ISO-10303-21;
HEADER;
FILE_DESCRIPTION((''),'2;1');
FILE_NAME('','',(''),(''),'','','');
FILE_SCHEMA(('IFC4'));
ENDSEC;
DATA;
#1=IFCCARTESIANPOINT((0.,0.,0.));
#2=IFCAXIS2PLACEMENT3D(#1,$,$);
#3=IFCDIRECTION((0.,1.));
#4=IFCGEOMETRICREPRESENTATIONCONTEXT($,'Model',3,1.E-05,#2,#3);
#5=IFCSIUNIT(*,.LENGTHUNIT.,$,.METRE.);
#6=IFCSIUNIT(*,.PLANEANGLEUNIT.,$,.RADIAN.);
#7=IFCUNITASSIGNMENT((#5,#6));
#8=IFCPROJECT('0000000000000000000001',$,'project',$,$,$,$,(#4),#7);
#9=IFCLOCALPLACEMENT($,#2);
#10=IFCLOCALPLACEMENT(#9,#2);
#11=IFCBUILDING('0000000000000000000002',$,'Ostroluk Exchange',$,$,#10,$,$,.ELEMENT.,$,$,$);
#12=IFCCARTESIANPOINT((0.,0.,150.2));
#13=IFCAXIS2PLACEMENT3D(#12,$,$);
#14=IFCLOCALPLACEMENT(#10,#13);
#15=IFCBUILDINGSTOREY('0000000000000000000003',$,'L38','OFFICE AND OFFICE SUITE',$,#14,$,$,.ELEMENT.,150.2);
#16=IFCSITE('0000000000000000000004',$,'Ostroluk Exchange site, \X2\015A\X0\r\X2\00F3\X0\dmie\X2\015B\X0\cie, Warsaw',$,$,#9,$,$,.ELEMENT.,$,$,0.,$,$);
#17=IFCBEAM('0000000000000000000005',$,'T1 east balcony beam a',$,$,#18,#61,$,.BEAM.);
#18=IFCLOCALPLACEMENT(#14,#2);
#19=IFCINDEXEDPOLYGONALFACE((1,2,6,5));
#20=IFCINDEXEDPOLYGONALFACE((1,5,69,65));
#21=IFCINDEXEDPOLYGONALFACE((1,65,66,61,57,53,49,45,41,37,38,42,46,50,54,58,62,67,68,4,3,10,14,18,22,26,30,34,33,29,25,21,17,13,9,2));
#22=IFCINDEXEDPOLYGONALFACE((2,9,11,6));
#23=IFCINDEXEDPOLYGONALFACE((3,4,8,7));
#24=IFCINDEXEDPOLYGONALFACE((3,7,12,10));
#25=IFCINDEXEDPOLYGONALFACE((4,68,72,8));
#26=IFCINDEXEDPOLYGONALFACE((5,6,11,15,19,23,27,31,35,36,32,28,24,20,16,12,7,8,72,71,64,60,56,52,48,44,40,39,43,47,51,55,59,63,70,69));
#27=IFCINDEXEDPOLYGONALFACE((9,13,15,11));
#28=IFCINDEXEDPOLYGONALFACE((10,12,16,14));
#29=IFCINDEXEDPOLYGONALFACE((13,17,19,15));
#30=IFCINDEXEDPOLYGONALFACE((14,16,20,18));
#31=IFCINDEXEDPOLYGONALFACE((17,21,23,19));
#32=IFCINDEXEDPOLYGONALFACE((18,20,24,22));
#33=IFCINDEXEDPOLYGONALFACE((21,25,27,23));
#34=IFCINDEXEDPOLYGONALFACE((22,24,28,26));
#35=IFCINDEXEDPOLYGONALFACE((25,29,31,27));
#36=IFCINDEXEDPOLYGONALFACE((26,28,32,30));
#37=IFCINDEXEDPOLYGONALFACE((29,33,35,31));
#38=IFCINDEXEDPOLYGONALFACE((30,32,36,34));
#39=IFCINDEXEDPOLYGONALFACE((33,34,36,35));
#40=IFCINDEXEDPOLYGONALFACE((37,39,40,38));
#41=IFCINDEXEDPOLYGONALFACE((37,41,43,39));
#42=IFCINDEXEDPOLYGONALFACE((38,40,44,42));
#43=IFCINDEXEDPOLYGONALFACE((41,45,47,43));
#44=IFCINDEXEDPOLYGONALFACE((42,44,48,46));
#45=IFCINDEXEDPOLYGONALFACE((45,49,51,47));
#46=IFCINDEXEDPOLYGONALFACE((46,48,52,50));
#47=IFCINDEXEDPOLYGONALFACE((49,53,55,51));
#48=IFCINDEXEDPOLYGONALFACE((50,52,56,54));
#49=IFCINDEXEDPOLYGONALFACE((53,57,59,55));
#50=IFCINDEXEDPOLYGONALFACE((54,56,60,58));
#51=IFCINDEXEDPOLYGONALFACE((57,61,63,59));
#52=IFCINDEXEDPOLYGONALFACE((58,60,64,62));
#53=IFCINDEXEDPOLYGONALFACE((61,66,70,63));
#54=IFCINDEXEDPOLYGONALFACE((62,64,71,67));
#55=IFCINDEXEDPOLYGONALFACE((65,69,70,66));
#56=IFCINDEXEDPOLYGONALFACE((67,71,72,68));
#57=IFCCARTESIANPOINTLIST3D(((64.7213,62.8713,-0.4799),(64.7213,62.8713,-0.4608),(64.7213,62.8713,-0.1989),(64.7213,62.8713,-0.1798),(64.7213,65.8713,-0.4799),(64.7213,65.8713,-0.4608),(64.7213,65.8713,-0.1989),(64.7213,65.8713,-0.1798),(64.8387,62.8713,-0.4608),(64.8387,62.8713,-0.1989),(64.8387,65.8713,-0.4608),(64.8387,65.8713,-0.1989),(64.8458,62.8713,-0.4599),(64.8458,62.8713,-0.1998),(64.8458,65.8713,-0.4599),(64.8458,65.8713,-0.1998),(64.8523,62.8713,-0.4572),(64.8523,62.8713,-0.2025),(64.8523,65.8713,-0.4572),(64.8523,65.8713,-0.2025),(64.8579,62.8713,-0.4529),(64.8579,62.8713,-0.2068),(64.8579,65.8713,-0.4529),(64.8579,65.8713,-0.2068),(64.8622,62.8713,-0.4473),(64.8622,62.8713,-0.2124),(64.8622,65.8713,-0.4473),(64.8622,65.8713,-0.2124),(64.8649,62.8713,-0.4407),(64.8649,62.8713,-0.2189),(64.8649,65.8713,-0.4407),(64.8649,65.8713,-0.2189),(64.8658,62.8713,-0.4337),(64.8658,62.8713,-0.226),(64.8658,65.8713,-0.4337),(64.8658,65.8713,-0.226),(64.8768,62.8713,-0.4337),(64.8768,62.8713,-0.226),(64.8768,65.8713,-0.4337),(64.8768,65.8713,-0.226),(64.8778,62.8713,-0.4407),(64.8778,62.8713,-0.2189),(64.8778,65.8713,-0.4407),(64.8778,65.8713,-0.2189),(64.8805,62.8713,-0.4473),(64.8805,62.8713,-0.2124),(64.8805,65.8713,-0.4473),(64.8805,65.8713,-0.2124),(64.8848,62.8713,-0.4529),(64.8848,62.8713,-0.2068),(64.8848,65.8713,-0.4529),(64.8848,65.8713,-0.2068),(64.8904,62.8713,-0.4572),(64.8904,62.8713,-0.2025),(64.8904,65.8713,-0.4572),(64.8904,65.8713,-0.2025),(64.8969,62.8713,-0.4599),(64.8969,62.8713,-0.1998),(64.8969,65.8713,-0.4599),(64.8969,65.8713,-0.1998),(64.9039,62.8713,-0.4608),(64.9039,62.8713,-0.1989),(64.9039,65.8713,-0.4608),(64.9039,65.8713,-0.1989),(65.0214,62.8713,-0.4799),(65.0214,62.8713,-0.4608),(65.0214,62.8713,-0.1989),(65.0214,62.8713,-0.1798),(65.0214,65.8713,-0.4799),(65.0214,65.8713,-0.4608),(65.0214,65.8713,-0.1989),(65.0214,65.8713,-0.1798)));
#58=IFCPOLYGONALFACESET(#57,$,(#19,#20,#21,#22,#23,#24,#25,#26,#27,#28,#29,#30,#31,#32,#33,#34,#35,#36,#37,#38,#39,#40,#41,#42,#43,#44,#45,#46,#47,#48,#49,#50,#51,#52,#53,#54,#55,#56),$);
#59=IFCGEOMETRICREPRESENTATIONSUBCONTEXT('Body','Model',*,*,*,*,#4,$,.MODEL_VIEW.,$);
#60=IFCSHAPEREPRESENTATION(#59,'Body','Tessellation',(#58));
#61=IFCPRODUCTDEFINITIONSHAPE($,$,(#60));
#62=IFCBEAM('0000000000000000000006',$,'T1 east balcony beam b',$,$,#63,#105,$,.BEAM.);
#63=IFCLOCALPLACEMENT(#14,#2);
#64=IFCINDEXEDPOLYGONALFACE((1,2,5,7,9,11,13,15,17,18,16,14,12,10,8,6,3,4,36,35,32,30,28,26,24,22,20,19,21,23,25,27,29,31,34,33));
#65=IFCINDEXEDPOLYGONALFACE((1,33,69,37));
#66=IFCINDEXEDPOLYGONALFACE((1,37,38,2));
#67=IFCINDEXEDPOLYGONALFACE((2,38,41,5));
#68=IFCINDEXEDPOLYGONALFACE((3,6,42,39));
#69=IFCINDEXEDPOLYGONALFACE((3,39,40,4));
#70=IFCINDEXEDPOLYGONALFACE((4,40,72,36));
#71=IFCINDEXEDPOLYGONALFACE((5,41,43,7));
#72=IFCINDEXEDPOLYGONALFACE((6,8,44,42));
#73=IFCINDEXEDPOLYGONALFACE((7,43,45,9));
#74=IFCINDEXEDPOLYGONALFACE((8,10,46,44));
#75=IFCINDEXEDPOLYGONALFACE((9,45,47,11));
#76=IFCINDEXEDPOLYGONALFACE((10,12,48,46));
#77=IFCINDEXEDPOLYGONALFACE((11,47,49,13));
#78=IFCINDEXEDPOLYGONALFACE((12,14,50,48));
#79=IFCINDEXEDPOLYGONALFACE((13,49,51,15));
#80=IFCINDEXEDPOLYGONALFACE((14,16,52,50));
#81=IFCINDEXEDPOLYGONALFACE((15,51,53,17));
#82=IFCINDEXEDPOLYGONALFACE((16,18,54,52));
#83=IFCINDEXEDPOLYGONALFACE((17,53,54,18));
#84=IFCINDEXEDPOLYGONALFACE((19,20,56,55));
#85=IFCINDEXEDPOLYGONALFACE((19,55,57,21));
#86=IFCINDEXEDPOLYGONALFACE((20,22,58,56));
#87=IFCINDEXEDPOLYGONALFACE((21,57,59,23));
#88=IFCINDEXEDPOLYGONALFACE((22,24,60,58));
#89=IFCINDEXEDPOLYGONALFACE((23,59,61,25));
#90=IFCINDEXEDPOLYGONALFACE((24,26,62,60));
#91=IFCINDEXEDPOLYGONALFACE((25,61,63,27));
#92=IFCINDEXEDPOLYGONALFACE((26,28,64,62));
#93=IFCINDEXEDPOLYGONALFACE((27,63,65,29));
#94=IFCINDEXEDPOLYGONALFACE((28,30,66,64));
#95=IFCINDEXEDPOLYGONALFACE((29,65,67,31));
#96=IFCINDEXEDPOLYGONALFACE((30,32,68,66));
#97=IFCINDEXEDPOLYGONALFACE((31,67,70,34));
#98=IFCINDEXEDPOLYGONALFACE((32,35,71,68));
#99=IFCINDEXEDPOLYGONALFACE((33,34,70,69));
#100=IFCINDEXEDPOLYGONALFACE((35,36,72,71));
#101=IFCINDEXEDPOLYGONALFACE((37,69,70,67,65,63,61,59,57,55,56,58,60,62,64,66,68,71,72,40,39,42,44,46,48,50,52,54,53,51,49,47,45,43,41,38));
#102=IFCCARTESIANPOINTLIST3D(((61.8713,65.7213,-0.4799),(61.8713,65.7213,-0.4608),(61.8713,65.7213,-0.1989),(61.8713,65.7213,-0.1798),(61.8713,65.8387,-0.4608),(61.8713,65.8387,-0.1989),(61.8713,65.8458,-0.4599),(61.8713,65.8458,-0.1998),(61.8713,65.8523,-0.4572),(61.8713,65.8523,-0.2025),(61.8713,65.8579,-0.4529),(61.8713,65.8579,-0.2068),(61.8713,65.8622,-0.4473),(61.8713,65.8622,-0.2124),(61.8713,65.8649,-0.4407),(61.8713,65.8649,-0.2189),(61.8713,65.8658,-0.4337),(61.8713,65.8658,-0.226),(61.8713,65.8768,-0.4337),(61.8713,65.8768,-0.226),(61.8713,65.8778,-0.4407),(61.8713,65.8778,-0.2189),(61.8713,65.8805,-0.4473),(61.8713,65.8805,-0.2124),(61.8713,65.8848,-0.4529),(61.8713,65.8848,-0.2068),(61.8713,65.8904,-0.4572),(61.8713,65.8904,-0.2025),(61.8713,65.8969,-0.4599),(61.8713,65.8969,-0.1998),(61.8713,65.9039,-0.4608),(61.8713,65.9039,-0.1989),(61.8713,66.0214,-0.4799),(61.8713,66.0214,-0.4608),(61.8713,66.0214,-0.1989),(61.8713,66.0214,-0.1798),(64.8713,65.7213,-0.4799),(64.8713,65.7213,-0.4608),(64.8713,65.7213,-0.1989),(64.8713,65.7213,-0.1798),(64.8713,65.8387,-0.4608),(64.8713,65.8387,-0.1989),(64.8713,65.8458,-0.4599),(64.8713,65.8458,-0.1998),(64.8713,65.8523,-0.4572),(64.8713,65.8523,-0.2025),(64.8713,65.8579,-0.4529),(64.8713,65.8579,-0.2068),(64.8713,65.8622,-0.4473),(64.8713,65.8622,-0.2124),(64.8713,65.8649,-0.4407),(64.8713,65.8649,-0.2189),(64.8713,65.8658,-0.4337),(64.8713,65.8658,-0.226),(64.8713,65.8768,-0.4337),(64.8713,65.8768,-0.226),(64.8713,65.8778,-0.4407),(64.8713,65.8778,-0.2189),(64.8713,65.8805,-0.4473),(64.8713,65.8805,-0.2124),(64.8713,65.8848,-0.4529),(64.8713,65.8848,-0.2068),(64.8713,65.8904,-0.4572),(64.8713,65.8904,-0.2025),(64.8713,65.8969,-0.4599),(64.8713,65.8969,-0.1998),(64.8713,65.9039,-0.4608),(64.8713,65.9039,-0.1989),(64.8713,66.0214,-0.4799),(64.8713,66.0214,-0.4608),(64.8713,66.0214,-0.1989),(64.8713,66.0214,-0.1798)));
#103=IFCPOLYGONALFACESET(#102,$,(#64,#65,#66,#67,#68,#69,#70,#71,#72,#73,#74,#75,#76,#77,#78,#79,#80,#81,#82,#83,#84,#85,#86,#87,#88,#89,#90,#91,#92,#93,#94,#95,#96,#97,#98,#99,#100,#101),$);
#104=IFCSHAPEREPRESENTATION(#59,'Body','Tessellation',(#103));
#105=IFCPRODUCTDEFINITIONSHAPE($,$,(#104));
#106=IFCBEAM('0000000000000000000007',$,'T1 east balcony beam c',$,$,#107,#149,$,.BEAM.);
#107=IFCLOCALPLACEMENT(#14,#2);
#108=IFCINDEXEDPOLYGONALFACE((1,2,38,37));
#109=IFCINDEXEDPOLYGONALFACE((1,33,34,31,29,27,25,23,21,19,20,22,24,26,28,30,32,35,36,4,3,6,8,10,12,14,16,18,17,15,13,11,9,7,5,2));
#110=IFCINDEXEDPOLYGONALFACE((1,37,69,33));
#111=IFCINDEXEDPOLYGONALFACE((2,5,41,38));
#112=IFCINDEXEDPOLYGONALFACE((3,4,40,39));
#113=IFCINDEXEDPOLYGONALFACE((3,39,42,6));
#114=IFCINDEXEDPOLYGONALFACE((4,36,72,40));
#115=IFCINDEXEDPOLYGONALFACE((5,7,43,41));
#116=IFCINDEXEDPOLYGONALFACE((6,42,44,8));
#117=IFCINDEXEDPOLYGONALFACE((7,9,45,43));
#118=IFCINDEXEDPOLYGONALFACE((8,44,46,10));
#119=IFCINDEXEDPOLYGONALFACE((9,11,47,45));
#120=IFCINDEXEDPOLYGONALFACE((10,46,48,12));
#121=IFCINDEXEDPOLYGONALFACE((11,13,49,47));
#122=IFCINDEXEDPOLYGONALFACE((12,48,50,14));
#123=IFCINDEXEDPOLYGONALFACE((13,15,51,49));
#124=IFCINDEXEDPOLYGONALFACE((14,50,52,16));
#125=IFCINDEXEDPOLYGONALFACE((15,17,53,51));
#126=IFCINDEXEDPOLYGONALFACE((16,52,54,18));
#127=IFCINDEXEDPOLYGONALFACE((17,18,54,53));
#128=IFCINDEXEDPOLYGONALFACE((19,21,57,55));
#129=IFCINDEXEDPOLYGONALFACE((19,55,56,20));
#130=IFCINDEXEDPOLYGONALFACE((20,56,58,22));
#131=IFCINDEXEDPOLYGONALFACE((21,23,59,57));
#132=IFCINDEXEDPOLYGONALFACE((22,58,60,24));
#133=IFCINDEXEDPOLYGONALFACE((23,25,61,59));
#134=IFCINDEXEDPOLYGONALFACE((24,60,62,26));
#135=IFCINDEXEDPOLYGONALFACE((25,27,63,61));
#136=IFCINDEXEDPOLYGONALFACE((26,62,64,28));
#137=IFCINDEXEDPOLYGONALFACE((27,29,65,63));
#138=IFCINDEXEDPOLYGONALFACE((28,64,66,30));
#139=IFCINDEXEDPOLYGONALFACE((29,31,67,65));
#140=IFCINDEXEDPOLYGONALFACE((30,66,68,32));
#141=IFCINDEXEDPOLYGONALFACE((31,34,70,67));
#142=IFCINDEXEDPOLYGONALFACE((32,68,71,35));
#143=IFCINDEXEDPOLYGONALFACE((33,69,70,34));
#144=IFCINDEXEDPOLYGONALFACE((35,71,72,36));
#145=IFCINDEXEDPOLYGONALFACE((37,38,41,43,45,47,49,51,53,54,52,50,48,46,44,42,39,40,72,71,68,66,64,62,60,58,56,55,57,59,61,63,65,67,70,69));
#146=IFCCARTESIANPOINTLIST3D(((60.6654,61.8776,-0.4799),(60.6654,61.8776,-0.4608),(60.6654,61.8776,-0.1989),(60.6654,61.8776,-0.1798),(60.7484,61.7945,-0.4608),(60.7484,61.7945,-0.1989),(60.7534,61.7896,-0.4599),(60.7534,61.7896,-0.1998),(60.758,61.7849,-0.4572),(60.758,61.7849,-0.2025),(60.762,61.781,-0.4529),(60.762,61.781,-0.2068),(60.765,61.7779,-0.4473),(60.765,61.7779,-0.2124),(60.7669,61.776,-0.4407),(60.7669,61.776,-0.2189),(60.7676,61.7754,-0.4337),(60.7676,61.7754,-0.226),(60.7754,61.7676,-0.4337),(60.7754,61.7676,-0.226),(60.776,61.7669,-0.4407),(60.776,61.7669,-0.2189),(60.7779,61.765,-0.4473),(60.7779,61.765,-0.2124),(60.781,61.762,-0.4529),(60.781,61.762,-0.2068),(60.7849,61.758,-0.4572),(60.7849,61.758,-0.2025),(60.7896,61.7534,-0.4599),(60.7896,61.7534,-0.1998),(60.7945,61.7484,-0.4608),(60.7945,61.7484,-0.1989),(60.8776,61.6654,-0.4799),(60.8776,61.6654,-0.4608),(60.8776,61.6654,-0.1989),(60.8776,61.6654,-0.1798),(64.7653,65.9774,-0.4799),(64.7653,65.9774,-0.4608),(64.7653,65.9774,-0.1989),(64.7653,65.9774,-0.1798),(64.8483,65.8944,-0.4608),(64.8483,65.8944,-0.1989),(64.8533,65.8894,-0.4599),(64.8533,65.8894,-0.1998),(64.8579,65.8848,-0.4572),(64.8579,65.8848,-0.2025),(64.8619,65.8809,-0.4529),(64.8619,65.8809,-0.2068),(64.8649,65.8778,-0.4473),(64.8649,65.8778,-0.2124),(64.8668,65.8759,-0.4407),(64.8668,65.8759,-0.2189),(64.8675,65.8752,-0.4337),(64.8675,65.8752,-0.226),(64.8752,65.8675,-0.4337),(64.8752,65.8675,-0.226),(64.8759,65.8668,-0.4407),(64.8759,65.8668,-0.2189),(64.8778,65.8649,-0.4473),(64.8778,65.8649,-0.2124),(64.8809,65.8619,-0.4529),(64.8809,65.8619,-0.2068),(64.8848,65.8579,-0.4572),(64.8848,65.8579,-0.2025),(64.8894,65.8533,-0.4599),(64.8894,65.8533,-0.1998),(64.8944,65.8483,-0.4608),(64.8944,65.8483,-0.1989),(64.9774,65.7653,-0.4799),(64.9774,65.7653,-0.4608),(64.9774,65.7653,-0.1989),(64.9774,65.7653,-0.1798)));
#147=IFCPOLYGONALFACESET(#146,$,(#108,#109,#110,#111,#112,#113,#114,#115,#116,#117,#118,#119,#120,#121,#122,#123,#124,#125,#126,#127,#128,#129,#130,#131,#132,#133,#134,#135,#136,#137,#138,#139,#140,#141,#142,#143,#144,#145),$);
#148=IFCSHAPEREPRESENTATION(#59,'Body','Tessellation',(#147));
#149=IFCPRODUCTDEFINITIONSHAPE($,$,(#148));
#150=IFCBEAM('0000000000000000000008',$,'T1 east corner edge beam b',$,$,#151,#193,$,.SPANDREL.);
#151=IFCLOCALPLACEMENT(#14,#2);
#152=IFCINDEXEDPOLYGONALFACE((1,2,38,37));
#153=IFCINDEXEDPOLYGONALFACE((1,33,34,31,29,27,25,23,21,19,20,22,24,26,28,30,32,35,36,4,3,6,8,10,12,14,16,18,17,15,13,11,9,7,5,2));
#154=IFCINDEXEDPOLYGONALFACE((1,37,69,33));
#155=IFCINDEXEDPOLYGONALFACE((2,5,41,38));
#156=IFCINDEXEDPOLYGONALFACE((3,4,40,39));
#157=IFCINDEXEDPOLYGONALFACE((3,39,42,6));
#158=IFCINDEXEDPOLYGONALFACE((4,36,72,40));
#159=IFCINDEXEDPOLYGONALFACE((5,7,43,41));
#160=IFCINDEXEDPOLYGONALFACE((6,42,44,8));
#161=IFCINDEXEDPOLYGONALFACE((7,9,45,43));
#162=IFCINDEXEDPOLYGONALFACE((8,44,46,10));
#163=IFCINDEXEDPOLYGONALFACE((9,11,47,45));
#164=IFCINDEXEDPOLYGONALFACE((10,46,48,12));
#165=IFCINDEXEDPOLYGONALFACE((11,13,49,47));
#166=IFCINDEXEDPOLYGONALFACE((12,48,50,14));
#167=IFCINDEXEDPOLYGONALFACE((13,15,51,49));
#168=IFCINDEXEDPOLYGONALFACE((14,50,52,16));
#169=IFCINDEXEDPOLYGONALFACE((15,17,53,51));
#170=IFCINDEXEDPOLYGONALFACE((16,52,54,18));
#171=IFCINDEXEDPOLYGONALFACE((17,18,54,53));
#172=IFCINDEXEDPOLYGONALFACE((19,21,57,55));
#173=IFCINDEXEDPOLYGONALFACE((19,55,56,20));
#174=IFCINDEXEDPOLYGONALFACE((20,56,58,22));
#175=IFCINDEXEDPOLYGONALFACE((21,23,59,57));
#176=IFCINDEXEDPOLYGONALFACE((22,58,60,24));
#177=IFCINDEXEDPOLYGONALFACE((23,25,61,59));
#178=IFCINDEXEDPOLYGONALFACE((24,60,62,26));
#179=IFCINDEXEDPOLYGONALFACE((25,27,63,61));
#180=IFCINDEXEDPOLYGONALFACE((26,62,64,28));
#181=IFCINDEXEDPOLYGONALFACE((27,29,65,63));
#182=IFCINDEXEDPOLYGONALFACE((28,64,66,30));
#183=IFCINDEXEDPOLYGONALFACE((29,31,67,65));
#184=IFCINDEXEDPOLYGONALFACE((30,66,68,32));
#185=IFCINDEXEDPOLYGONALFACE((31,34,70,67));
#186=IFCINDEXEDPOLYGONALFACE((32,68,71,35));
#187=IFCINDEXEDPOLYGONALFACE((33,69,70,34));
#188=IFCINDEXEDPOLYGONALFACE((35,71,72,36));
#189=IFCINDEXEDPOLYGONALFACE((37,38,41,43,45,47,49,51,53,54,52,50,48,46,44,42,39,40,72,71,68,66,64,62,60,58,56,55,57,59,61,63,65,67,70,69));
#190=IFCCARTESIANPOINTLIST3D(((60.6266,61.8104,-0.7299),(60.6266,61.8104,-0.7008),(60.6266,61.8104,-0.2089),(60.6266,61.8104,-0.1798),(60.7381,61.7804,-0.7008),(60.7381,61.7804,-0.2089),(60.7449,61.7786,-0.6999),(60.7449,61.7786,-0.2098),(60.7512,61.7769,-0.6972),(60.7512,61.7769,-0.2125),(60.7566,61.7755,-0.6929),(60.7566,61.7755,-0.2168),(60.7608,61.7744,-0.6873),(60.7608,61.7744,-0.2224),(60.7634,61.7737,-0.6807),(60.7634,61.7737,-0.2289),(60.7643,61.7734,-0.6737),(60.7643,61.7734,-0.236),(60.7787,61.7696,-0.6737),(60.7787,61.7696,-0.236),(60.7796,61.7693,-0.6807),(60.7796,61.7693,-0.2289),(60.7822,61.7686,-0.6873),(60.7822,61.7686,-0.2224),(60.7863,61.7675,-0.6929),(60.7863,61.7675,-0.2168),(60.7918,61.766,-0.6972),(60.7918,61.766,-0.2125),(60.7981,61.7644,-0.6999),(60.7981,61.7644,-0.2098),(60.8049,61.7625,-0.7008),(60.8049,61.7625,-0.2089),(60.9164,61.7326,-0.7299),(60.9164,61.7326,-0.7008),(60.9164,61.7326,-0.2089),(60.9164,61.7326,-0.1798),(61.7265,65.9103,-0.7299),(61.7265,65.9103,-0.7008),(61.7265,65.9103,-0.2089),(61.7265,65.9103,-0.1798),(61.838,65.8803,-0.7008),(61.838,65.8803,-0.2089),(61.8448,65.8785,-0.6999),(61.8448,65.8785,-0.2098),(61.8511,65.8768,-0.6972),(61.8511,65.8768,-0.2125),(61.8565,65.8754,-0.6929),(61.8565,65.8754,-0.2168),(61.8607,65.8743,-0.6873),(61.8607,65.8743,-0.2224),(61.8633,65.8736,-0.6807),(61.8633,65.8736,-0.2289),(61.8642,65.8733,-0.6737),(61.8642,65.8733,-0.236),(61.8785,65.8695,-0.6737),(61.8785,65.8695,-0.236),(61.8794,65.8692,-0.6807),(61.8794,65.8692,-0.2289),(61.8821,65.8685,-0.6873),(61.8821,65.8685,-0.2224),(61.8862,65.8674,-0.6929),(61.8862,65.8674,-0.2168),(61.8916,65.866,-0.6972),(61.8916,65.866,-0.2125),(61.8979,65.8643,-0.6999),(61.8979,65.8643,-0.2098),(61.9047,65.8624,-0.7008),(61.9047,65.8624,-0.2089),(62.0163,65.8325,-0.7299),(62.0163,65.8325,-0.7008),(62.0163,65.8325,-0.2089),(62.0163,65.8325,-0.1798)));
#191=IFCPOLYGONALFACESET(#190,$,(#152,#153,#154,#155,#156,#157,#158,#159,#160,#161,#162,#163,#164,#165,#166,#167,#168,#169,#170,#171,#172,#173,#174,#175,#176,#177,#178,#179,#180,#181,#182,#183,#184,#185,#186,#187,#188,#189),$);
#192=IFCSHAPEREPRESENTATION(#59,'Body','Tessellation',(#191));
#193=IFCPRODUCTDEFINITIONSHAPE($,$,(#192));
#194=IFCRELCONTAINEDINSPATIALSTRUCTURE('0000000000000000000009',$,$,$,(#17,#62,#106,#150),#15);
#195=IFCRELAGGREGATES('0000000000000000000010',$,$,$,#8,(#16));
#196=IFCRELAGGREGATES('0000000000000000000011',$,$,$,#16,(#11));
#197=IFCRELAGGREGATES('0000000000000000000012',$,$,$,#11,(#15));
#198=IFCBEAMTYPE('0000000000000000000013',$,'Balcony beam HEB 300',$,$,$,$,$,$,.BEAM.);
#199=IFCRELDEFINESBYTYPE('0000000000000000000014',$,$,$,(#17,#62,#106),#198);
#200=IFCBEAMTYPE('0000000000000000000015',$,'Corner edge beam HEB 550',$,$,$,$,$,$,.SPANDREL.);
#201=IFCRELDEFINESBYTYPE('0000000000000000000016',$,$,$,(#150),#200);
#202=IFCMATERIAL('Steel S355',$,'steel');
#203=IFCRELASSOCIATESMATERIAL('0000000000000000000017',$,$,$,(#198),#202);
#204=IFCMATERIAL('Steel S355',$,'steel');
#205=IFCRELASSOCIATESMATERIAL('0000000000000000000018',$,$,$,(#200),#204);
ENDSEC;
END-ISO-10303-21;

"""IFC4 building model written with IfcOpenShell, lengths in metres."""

from ifc_helpers import new_model, si_unit, direction, frame, origin, origin_2d, place, context, subcontext, project, spatial, i_section, extrude, material, material_profile, profile_set, type_object, element, save


model = new_model("IFC4")

# Units and contexts
model_context = context("Model", 3, precision=1e-05, world=origin(), true_north=direction((0.0, 1.0)))
body_context = subcontext(model_context, "Body", "Model", "MODEL_VIEW")
ifc_project = project(units=[si_unit("LENGTHUNIT", "METRE"), si_unit("PLANEANGLEUNIT", "RADIAN")], contexts=[model_context])

# Site, building, storey
site_placement = place(None, origin())
site = spatial("IfcSite", under=ifc_project, at=site_placement, Name="Ostroluk Exchange site, Śródmieście, Warsaw", CompositionType="ELEMENT", RefElevation=0.0)
building_placement = place(site_placement, origin())
building = spatial("IfcBuilding", under=site, at=building_placement, Name="Ostroluk Exchange", CompositionType="ELEMENT")
storey_placement = place(building_placement, frame((0.0, 0.0, 150.2)))
storey = spatial("IfcBuildingStorey", under=building, at=storey_placement, Name="L38", Description="OFFICE AND OFFICE SUITE", CompositionType="ELEMENT", Elevation=150.2)

# Beams
ifc_material_1 = material(Name="Steel S355", Category="steel")
ifc_material_profile_1 = material_profile(ifc_material_1, i_section(OverallWidth=0.3, OverallDepth=0.3, WebThickness=0.011, FlangeThickness=0.019, FilletRadius=0.0271, at=origin_2d()), Name="HEB 300")
ifc_profile_set_1 = profile_set([ifc_material_profile_1], Name="Steel S355")
beam_type_1 = type_object("IfcBeamType", Name="Balcony beam HEB 300", PredefinedType="BEAM", material=ifc_profile_set_1)
for number, where, z_axis, x_axis, name in (
    (1, (64.8713, 62.8713, -0.3298), (0.0, 1.0, 0.0), (-1.0, 0.0, 0.0), "T1 east balcony beam a"),
    (2, (61.8713, 65.8713, -0.3298), (1.0, 0.0, 0.0), (0.0, 1.0, 0.0), "T1 east balcony beam b"),
):
    element("IfcBeam", number, at=place(storey_placement, frame(where, z_axis=z_axis, x_axis=x_axis)), inside=storey, type_object=beam_type_1, Name=name, PredefinedType="BEAM", context=body_context, shape_type="SweptSolid", body=[
        extrude(i_section(OverallWidth=0.3, OverallDepth=0.3, WebThickness=0.011, FlangeThickness=0.019, FilletRadius=0.0271, at=origin_2d()), origin(), (0.0, 0.0, 1.0), 3.0),
    ])
beam_1_placement = place(storey_placement, frame((60.7715, 61.7715, -0.3298), z_axis=(0.707107, 0.707107, 0.0), x_axis=(-0.707107, 0.707107, 0.0)))
element("IfcBeam", 3, at=beam_1_placement, inside=storey, type_object=beam_type_1, Name="T1 east balcony beam c", PredefinedType="BEAM", context=body_context, shape_type="SweptSolid", body=[
    extrude(i_section(OverallWidth=0.3, OverallDepth=0.3, WebThickness=0.011, FlangeThickness=0.019, FilletRadius=0.0271, at=origin_2d()), origin(), (0.0, 0.0, 1.0), 5.7981),
])
ifc_material_2 = material(Name="Steel S355", Category="steel")
ifc_material_profile_2 = material_profile(ifc_material_2, i_section(OverallWidth=0.3, OverallDepth=0.55, WebThickness=0.0149, FlangeThickness=0.0291, FilletRadius=0.0271, at=origin_2d()), Name="HEB 550")
ifc_profile_set_2 = profile_set([ifc_material_profile_2], Name="Steel S355")
beam_type_2 = type_object("IfcBeamType", Name="Corner edge beam HEB 550", PredefinedType="SPANDREL", material=ifc_profile_set_2)
beam_2_placement = place(storey_placement, frame((60.7715, 61.7715, -0.4548), z_axis=(0.259105, 0.965849, 0.0), x_axis=(-0.965849, 0.259105, 0.0)))
element("IfcBeam", 4, at=beam_2_placement, inside=storey, type_object=beam_type_2, Name="T1 east corner edge beam b", PredefinedType="SPANDREL", context=body_context, shape_type="SweptSolid", body=[
    extrude(i_section(OverallWidth=0.3, OverallDepth=0.55, WebThickness=0.0149, FlangeThickness=0.0291, FilletRadius=0.0271, at=origin_2d()), origin(), (0.0, 0.0, 1.0), 4.2449),
])

save(model, "model.ifc")
